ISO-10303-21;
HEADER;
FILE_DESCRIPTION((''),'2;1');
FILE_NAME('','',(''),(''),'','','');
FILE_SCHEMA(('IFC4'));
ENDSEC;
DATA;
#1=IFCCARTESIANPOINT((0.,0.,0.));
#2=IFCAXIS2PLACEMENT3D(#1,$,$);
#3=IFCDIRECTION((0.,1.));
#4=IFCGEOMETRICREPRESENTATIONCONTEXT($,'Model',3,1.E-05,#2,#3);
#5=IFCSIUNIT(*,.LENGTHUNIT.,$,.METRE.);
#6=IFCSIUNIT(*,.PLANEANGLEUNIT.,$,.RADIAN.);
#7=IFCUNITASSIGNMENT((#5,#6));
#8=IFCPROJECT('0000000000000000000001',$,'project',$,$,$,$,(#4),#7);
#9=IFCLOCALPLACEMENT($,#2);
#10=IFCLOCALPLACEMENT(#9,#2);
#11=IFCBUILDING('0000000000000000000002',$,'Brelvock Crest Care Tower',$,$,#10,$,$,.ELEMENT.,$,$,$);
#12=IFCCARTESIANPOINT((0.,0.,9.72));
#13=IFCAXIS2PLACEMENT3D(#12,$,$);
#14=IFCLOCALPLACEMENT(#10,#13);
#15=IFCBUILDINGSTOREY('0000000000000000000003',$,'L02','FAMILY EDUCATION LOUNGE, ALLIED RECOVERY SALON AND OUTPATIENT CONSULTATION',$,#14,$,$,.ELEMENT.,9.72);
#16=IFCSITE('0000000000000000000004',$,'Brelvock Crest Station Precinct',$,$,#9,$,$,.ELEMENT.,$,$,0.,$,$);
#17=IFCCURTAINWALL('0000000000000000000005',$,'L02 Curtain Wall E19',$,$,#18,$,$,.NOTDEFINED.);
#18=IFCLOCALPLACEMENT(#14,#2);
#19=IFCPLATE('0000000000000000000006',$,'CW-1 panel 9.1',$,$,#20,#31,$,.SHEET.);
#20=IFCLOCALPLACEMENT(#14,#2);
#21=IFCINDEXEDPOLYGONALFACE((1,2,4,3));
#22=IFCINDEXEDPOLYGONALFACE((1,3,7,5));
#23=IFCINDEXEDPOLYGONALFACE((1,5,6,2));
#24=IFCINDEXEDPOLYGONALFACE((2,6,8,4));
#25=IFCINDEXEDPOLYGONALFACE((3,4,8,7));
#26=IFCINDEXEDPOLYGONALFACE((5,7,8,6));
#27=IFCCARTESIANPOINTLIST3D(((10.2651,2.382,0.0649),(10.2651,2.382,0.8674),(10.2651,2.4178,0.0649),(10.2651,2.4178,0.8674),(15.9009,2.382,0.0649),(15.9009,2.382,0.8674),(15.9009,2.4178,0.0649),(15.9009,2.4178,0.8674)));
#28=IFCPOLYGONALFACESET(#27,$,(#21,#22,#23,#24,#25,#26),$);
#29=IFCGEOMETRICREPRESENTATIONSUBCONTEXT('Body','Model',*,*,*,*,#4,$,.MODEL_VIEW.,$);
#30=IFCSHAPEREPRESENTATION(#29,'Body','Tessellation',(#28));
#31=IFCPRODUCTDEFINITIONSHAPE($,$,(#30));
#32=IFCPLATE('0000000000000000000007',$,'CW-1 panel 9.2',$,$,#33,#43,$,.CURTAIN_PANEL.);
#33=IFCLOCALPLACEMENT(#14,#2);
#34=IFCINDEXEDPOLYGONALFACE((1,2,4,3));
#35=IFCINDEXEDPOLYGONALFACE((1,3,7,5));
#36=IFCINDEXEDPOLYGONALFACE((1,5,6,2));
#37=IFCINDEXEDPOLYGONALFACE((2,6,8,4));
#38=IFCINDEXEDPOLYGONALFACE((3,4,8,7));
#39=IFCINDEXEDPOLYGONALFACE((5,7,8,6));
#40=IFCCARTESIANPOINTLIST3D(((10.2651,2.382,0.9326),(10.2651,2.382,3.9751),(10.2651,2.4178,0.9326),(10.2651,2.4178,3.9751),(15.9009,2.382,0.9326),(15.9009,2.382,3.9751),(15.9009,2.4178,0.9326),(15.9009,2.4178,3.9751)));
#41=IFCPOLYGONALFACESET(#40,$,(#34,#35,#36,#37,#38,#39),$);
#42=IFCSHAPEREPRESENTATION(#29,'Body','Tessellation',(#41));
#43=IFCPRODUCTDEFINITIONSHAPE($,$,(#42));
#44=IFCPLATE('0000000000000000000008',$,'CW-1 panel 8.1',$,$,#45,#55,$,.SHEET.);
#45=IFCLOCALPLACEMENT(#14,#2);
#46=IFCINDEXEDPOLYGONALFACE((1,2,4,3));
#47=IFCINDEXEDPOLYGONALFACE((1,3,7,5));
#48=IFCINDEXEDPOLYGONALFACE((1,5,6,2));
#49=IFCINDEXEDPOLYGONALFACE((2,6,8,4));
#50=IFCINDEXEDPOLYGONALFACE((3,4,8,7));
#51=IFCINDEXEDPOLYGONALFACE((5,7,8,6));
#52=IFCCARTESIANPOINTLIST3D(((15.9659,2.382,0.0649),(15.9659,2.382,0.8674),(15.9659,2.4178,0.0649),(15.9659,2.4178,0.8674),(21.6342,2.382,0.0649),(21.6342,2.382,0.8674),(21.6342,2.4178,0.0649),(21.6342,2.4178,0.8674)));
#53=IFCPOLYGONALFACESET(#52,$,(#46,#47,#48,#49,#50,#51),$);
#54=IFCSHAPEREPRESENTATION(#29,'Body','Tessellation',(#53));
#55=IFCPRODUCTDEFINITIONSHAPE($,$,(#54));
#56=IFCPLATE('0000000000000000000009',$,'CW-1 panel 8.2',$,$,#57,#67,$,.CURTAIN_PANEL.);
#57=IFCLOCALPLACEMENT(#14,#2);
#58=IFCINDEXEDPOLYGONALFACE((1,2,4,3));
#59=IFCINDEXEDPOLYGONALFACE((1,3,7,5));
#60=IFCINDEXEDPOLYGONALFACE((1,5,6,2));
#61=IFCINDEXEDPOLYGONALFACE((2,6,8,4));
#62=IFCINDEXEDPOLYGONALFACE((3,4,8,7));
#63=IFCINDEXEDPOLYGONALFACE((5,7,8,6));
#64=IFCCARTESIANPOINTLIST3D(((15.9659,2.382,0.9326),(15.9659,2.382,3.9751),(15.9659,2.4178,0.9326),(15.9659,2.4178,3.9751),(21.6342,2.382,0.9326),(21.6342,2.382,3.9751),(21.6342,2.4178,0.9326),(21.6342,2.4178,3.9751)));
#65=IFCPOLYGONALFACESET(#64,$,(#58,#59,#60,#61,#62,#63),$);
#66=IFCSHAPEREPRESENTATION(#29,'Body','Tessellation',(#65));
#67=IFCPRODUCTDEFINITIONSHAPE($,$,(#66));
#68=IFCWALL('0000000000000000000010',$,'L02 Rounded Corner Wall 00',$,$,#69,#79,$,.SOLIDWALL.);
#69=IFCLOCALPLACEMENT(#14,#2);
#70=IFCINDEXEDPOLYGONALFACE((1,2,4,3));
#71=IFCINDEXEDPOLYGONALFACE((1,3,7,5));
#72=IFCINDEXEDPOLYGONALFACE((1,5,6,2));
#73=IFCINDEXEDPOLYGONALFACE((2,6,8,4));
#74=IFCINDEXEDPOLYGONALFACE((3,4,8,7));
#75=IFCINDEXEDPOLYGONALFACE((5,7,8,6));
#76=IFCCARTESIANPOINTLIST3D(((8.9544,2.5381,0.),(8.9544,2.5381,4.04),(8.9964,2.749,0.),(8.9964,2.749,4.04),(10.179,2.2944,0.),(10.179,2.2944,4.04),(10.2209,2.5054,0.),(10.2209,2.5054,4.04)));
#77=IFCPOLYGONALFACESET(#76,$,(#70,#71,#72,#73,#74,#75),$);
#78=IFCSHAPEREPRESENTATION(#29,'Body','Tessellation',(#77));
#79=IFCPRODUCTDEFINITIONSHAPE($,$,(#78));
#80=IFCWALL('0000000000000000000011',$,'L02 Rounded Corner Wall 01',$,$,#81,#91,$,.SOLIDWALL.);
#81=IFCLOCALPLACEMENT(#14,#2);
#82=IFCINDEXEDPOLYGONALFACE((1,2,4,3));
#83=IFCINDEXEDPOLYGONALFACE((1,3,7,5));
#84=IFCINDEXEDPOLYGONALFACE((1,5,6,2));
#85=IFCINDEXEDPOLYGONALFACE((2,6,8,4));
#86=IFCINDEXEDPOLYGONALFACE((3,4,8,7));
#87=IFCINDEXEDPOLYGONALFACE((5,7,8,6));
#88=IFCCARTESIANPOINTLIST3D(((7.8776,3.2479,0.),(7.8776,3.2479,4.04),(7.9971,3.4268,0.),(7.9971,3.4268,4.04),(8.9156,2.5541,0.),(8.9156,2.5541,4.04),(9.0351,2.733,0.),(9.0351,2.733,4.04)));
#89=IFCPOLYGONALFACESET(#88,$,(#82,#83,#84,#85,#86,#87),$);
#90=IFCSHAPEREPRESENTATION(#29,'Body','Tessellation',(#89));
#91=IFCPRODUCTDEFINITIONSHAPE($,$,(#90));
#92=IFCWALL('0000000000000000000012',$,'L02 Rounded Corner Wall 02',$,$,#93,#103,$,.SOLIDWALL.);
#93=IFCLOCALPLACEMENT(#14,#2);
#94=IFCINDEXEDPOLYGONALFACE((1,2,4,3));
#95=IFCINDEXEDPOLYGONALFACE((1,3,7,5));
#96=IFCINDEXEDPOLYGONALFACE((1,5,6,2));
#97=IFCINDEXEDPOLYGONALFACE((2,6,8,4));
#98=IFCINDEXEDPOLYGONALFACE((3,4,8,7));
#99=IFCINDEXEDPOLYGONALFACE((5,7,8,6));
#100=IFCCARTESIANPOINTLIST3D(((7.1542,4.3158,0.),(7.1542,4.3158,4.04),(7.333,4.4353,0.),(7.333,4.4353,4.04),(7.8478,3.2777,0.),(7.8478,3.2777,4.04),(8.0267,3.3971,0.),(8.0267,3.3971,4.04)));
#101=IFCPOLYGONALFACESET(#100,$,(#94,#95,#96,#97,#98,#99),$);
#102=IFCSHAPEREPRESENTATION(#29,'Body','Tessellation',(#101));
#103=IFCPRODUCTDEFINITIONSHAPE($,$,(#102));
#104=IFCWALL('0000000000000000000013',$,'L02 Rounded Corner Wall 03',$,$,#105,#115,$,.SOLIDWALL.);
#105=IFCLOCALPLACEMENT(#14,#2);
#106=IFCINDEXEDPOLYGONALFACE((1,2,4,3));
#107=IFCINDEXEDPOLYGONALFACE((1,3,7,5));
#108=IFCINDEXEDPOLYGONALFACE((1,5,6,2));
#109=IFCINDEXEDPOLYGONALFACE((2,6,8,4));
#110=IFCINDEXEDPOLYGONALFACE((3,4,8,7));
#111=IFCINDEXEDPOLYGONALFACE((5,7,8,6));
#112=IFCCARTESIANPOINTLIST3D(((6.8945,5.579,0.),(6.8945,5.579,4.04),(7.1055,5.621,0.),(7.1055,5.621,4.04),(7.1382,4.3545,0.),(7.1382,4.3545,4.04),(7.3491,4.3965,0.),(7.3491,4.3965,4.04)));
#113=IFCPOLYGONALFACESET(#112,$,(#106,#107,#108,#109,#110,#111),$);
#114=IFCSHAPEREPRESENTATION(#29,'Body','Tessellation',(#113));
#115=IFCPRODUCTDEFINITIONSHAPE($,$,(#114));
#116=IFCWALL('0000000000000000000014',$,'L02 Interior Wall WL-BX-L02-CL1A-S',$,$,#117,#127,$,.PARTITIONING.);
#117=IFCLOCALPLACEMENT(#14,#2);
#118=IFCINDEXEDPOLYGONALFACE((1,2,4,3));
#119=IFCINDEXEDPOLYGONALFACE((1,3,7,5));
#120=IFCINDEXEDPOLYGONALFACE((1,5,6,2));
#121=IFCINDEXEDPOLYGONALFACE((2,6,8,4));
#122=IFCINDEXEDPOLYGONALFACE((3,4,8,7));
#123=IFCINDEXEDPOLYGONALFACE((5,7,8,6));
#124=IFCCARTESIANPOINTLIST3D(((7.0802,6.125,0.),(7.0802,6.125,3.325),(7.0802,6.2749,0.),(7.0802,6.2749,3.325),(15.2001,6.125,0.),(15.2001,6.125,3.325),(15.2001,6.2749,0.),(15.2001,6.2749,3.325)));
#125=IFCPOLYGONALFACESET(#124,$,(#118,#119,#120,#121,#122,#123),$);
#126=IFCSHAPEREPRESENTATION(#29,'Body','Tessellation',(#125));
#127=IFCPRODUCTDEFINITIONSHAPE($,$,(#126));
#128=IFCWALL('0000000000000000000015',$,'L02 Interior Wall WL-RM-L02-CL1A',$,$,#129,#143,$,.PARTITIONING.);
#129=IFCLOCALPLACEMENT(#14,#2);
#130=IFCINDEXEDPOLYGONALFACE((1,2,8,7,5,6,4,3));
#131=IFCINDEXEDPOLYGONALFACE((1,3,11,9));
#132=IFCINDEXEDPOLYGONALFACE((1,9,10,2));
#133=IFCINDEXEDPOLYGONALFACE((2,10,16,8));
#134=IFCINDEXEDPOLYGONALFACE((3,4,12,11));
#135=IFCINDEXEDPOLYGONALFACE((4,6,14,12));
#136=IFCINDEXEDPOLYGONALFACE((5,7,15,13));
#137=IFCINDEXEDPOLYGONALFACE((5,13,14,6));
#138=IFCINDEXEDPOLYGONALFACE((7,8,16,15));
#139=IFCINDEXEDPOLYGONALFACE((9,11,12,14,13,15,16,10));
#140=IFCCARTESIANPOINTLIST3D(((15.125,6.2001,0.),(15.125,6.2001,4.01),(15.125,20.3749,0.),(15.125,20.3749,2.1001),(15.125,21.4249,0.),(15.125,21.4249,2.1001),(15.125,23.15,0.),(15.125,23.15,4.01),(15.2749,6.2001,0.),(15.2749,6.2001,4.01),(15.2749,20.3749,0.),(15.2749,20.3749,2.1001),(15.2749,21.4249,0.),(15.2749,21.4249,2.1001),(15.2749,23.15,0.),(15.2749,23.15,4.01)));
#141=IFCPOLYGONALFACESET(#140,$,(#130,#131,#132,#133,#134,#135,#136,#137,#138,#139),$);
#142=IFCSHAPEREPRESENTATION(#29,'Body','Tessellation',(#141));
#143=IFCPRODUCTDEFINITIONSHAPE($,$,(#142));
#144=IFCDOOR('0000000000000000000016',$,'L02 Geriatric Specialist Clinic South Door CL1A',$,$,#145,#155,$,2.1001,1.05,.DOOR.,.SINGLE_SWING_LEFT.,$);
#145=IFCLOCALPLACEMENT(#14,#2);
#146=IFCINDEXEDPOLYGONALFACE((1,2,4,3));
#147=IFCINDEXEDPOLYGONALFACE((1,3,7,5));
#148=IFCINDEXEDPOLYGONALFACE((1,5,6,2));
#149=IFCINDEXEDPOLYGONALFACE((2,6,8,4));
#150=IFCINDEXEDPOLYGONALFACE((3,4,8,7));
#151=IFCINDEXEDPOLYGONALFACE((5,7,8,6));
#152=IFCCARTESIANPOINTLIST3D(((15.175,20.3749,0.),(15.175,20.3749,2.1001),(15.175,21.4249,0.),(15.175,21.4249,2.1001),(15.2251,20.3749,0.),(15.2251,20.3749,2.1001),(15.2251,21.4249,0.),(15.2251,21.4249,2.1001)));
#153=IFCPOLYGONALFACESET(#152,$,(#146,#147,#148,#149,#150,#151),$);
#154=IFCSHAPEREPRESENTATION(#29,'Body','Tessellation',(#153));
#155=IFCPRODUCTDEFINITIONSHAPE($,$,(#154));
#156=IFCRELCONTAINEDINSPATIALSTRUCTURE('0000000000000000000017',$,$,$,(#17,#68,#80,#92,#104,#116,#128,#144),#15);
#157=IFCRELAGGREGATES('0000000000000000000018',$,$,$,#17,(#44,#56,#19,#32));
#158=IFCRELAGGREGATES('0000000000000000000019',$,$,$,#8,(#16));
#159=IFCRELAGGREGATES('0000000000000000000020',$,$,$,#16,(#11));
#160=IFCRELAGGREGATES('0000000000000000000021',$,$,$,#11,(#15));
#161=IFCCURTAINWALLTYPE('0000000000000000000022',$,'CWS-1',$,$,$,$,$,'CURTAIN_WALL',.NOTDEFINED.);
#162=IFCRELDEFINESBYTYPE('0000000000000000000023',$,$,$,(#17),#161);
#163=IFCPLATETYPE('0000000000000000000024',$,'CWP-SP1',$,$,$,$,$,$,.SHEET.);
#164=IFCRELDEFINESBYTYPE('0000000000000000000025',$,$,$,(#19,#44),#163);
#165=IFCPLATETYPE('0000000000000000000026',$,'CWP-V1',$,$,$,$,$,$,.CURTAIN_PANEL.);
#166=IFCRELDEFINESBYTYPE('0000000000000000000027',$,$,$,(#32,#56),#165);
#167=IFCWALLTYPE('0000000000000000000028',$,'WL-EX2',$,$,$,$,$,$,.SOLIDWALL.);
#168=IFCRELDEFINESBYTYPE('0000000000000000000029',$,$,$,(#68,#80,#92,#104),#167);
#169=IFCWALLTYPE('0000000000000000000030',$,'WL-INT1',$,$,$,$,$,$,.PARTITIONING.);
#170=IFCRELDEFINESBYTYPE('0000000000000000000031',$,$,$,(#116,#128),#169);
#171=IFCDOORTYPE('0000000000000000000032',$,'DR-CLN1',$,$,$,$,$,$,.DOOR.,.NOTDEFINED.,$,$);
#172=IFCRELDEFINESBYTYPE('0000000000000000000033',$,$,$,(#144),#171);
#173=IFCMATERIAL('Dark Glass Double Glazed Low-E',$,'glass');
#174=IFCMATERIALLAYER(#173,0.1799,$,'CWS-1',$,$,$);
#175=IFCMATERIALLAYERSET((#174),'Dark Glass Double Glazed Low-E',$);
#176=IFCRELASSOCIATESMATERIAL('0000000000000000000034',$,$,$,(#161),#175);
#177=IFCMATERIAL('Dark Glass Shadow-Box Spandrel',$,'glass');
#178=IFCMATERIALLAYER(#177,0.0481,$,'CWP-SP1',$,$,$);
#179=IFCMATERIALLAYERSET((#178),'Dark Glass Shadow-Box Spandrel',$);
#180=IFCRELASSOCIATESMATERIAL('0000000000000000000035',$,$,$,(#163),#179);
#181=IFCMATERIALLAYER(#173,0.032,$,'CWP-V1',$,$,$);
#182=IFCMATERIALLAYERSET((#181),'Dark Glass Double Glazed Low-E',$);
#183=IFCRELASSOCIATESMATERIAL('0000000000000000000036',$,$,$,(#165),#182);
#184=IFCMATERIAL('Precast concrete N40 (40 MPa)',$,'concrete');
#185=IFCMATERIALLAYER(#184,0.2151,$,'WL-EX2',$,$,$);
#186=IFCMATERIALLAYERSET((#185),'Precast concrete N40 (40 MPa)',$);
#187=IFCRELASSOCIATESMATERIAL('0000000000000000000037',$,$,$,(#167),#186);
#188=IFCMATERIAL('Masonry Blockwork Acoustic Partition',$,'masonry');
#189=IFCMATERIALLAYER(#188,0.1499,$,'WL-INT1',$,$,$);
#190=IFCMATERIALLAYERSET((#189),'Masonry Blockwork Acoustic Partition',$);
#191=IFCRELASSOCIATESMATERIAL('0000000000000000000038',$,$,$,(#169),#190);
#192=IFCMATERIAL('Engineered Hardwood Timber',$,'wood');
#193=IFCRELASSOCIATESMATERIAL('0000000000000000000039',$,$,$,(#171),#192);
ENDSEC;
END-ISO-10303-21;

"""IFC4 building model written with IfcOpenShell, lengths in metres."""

from ifc_helpers import new_model, si_unit, direction, frame, frame_2d, origin, origin_2d, place, context, subcontext, project, spatial, rectangle, extrude, source, transform, mapped, material, layer, layer_set, type_object, element, fill, aggregate, save


model = new_model("IFC4")

# Units and contexts
model_context = context("Model", 3, precision=1e-05, world=origin(), true_north=direction((0.0, 1.0)))
body_context = subcontext(model_context, "Body", "Model", "MODEL_VIEW")
ifc_project = project(units=[si_unit("LENGTHUNIT", "METRE"), si_unit("PLANEANGLEUNIT", "RADIAN")], contexts=[model_context])

# Site, building, storey
site_placement = place(None, origin())
site = spatial("IfcSite", under=ifc_project, at=site_placement, Name="Brelvock Crest Station Precinct", CompositionType="ELEMENT", RefElevation=0.0)
building_placement = place(site_placement, origin())
building = spatial("IfcBuilding", under=site, at=building_placement, Name="Brelvock Crest Care Tower", CompositionType="ELEMENT")
storey_placement = place(building_placement, frame((0.0, 0.0, 9.72)))
storey = spatial("IfcBuildingStorey", under=building, at=storey_placement, Name="L02", Description="FAMILY EDUCATION LOUNGE, ALLIED RECOVERY SALON AND OUTPATIENT CONSULTATION", CompositionType="ELEMENT", Elevation=9.72)

# Curtain wall
ifc_material_1 = material(Name="Dark Glass Double Glazed Low-E", Category="glass")
ifc_layer_1 = layer(ifc_material_1, 0.1799, Name="CWS-1")
ifc_layer_set_1 = layer_set([ifc_layer_1], Name="Dark Glass Double Glazed Low-E")
curtain_wall_type = type_object("IfcCurtainWallType", Name="CWS-1", ElementType="CURTAIN_WALL", PredefinedType="NOTDEFINED", material=ifc_layer_set_1)
curtain_wall_1_placement = place(storey_placement, origin())
curtain_wall_1 = element("IfcCurtainWall", 1, at=curtain_wall_1_placement, inside=storey, type_object=curtain_wall_type, Name="L02 Curtain Wall E19", PredefinedType="NOTDEFINED")

# Plates
ifc_material_2 = material(Name="Dark Glass Shadow-Box Spandrel", Category="glass")
ifc_layer_2 = layer(ifc_material_2, 0.0481, Name="CWP-SP1")
ifc_layer_set_2 = layer_set([ifc_layer_2], Name="Dark Glass Shadow-Box Spandrel")
plate_type_1 = type_object("IfcPlateType", Name="CWP-SP1", PredefinedType="SHEET", material=ifc_layer_set_2)
ifc_layer_3 = layer(ifc_material_1, 0.032, Name="CWP-V1")
ifc_layer_set_3 = layer_set([ifc_layer_3], Name="Dark Glass Double Glazed Low-E")
plate_type_2 = type_object("IfcPlateType", Name="CWP-V1", PredefinedType="CURTAIN_PANEL", material=ifc_layer_set_3)
shared_shape_1 = source(origin(), body_context, "Body", "SweptSolid", [
    extrude(rectangle(XDim=5.6357, YDim=0.0359, at=origin_2d()), origin(), (0.0, 0.0, 1.0), 0.8025),
])
plate_1_placement = place(storey_placement, frame((13.083, 2.3999, 0.0649), z_axis=(0.0, 0.0, 1.0), x_axis=(-1.0, 0.0, 0.0)))
plate_1 = element("IfcPlate", 2, at=plate_1_placement, type_object=plate_type_1, Name="CW-1 panel 9.1", PredefinedType="SHEET", context=body_context, shape_type="MappedRepresentation", body=[
    mapped(shared_shape_1, transform((0.0, 0.0, 0.0), x_axis=(1.0, 0.0, 0.0), y_axis=(0.0, 1.0, 0.0), z_axis=(0.0, 0.0, 1.0), scale=1.0)),
])
shared_shape_2 = source(origin(), body_context, "Body", "SweptSolid", [
    extrude(rectangle(XDim=5.6357, YDim=0.0359, at=origin_2d()), origin(), (0.0, 0.0, 1.0), 3.0425),
])
plate_2_placement = place(storey_placement, frame((13.083, 2.3999, 0.9326), z_axis=(0.0, 0.0, 1.0), x_axis=(-1.0, 0.0, 0.0)))
plate_2 = element("IfcPlate", 3, at=plate_2_placement, type_object=plate_type_2, Name="CW-1 panel 9.2", PredefinedType="CURTAIN_PANEL", context=body_context, shape_type="MappedRepresentation", body=[
    mapped(shared_shape_2, transform((0.0, 0.0, 0.0), x_axis=(1.0, 0.0, 0.0), y_axis=(0.0, 1.0, 0.0), z_axis=(0.0, 0.0, 1.0), scale=1.0)),
])
shared_shape_3 = source(origin(), body_context, "Body", "SweptSolid", [
    extrude(rectangle(XDim=5.6682, YDim=0.0359, at=origin_2d()), origin(), (0.0, 0.0, 1.0), 0.8025),
])
plate_3_placement = place(storey_placement, frame((18.8, 2.3999, 0.0649), z_axis=(0.0, 0.0, 1.0), x_axis=(-1.0, 0.0, 0.0)))
plate_3 = element("IfcPlate", 4, at=plate_3_placement, type_object=plate_type_1, Name="CW-1 panel 8.1", PredefinedType="SHEET", context=body_context, shape_type="MappedRepresentation", body=[
    mapped(shared_shape_3, transform((0.0, 0.0, 0.0), x_axis=(1.0, 0.0, 0.0), y_axis=(0.0, 1.0, 0.0), z_axis=(0.0, 0.0, 1.0), scale=1.0)),
])
shared_shape_4 = source(origin(), body_context, "Body", "SweptSolid", [
    extrude(rectangle(XDim=5.6682, YDim=0.0359, at=origin_2d()), origin(), (0.0, 0.0, 1.0), 3.0425),
])
plate_4_placement = place(storey_placement, frame((18.8, 2.3999, 0.9326), z_axis=(0.0, 0.0, 1.0), x_axis=(-1.0, 0.0, 0.0)))
plate_4 = element("IfcPlate", 5, at=plate_4_placement, type_object=plate_type_2, Name="CW-1 panel 8.2", PredefinedType="CURTAIN_PANEL", context=body_context, shape_type="MappedRepresentation", body=[
    mapped(shared_shape_4, transform((0.0, 0.0, 0.0), x_axis=(1.0, 0.0, 0.0), y_axis=(0.0, 1.0, 0.0), z_axis=(0.0, 0.0, 1.0), scale=1.0)),
])
aggregate(curtain_wall_1, [plate_3, plate_4, plate_1, plate_2])

# Walls
ifc_material_3 = material(Name="Precast concrete N40 (40 MPa)", Category="concrete")
ifc_layer_4 = layer(ifc_material_3, 0.2151, Name="WL-EX2")
ifc_layer_set_4 = layer_set([ifc_layer_4], Name="Precast concrete N40 (40 MPa)")
wall_type_1 = type_object("IfcWallType", Name="WL-EX2", PredefinedType="SOLIDWALL", material=ifc_layer_set_4)
for number, where, z_axis, x_axis, name in (
    (6, (10.2, 2.3999, 0.0), (0.0, 0.0, 1.0), (-0.980776, 0.195138, 0.0), "L02 Rounded Corner Wall 00"),
    (7, (8.9753, 2.6436, 0.0), (0.0, 0.0, 1.0), (-0.831388, 0.555692, 0.0), "L02 Rounded Corner Wall 01"),
    (8, (7.9373, 3.3374, 0.0), (0.0, 0.0, 1.0), (-0.555557, 0.831478, 0.0), "L02 Rounded Corner Wall 02"),
    (9, (7.2437, 4.3755, 0.0), (0.0, 0.0, 1.0), (-0.195138, 0.980776, 0.0), "L02 Rounded Corner Wall 03"),
):
    element("IfcWall", number, at=place(storey_placement, frame(where, z_axis=z_axis, x_axis=x_axis)), inside=storey, type_object=wall_type_1, Name=name, PredefinedType="SOLIDWALL", context=body_context, shape_type="SweptSolid", body=[
        extrude(rectangle(XDim=1.2485, YDim=0.2151, at=frame_2d((0.6243, 0.0))), origin(), (0.0, 0.0, 1.0), 4.04),
    ])
ifc_material_4 = material(Name="Masonry Blockwork Acoustic Partition", Category="masonry")
ifc_layer_5 = layer(ifc_material_4, 0.1499, Name="WL-INT1")
ifc_layer_set_5 = layer_set([ifc_layer_5], Name="Masonry Blockwork Acoustic Partition")
wall_type_2 = type_object("IfcWallType", Name="WL-INT1", PredefinedType="PARTITIONING", material=ifc_layer_set_5)
wall_1_placement = place(storey_placement, frame((7.0801, 6.2, 0.0), z_axis=(0.0, 0.0, 1.0), x_axis=(1.0, 0.0, 0.0)))
element("IfcWall", 10, at=wall_1_placement, inside=storey, type_object=wall_type_2, Name="L02 Interior Wall WL-BX-L02-CL1A-S", PredefinedType="PARTITIONING", context=body_context, shape_type="SweptSolid", body=[
    extrude(rectangle(XDim=8.1199, YDim=0.1499, at=frame_2d((4.0601, 0.0))), origin(), (0.0, 0.0, 1.0), 3.325),
])

# Wall, opening, door
wall_2_placement = place(storey_placement, frame((15.2, 6.2, 0.0), z_axis=(0.0, 0.0, 1.0), x_axis=(0.0, 1.0, 0.0)))
wall_2 = element("IfcWall", 11, at=wall_2_placement, inside=storey, type_object=wall_type_2, Name="L02 Interior Wall WL-RM-L02-CL1A", PredefinedType="PARTITIONING", context=body_context, shape_type="SweptSolid", body=[
    extrude(rectangle(XDim=16.95, YDim=0.1499, at=frame_2d((8.4751, 0.0))), origin(), (0.0, 0.0, 1.0), 4.01),
])
opening_placement = place(wall_2_placement, frame((14.175, 0.0, 0.0)))
opening = element("IfcOpeningElement", 12, at=opening_placement, cuts=wall_2, PredefinedType="OPENING", context=body_context, shape_type="SweptSolid", body=[
    extrude(rectangle(XDim=1.05, YDim=2.1001, at=origin_2d()), frame((0.5249, 0.085, 1.05), z_axis=(0.0, -1.0, 0.0), x_axis=(1.0, 0.0, 0.0)), (0.0, 0.0, 1.0), 0.1699),
])
ifc_material_5 = material(Name="Engineered Hardwood Timber", Category="wood")
door_type = type_object("IfcDoorType", Name="DR-CLN1", OperationType="NOTDEFINED", PredefinedType="DOOR", material=ifc_material_5)
shared_shape_5 = source(origin(), body_context, "Body", "SweptSolid", [
    extrude(rectangle(XDim=1.05, YDim=2.1001, at=origin_2d()), frame((0.5249, 0.0249, 1.05), z_axis=(0.0, -1.0, 0.0), x_axis=(1.0, 0.0, 0.0)), (0.0, 0.0, 1.0), 0.05),
])
door_placement = place(opening_placement, origin())
door = element("IfcDoor", 13, at=door_placement, inside=storey, type_object=door_type, Name="L02 Geriatric Specialist Clinic South Door CL1A", OperationType="SINGLE_SWING_LEFT", OverallHeight=2.1001, OverallWidth=1.05, PredefinedType="DOOR", context=body_context, shape_type="MappedRepresentation", body=[
    mapped(shared_shape_5, transform((0.0, 0.0, 0.0), x_axis=(1.0, 0.0, 0.0), y_axis=(0.0, 1.0, 0.0), z_axis=(0.0, 0.0, 1.0), scale=1.0)),
])
fill(opening, door)

save(model, "model.ifc")
